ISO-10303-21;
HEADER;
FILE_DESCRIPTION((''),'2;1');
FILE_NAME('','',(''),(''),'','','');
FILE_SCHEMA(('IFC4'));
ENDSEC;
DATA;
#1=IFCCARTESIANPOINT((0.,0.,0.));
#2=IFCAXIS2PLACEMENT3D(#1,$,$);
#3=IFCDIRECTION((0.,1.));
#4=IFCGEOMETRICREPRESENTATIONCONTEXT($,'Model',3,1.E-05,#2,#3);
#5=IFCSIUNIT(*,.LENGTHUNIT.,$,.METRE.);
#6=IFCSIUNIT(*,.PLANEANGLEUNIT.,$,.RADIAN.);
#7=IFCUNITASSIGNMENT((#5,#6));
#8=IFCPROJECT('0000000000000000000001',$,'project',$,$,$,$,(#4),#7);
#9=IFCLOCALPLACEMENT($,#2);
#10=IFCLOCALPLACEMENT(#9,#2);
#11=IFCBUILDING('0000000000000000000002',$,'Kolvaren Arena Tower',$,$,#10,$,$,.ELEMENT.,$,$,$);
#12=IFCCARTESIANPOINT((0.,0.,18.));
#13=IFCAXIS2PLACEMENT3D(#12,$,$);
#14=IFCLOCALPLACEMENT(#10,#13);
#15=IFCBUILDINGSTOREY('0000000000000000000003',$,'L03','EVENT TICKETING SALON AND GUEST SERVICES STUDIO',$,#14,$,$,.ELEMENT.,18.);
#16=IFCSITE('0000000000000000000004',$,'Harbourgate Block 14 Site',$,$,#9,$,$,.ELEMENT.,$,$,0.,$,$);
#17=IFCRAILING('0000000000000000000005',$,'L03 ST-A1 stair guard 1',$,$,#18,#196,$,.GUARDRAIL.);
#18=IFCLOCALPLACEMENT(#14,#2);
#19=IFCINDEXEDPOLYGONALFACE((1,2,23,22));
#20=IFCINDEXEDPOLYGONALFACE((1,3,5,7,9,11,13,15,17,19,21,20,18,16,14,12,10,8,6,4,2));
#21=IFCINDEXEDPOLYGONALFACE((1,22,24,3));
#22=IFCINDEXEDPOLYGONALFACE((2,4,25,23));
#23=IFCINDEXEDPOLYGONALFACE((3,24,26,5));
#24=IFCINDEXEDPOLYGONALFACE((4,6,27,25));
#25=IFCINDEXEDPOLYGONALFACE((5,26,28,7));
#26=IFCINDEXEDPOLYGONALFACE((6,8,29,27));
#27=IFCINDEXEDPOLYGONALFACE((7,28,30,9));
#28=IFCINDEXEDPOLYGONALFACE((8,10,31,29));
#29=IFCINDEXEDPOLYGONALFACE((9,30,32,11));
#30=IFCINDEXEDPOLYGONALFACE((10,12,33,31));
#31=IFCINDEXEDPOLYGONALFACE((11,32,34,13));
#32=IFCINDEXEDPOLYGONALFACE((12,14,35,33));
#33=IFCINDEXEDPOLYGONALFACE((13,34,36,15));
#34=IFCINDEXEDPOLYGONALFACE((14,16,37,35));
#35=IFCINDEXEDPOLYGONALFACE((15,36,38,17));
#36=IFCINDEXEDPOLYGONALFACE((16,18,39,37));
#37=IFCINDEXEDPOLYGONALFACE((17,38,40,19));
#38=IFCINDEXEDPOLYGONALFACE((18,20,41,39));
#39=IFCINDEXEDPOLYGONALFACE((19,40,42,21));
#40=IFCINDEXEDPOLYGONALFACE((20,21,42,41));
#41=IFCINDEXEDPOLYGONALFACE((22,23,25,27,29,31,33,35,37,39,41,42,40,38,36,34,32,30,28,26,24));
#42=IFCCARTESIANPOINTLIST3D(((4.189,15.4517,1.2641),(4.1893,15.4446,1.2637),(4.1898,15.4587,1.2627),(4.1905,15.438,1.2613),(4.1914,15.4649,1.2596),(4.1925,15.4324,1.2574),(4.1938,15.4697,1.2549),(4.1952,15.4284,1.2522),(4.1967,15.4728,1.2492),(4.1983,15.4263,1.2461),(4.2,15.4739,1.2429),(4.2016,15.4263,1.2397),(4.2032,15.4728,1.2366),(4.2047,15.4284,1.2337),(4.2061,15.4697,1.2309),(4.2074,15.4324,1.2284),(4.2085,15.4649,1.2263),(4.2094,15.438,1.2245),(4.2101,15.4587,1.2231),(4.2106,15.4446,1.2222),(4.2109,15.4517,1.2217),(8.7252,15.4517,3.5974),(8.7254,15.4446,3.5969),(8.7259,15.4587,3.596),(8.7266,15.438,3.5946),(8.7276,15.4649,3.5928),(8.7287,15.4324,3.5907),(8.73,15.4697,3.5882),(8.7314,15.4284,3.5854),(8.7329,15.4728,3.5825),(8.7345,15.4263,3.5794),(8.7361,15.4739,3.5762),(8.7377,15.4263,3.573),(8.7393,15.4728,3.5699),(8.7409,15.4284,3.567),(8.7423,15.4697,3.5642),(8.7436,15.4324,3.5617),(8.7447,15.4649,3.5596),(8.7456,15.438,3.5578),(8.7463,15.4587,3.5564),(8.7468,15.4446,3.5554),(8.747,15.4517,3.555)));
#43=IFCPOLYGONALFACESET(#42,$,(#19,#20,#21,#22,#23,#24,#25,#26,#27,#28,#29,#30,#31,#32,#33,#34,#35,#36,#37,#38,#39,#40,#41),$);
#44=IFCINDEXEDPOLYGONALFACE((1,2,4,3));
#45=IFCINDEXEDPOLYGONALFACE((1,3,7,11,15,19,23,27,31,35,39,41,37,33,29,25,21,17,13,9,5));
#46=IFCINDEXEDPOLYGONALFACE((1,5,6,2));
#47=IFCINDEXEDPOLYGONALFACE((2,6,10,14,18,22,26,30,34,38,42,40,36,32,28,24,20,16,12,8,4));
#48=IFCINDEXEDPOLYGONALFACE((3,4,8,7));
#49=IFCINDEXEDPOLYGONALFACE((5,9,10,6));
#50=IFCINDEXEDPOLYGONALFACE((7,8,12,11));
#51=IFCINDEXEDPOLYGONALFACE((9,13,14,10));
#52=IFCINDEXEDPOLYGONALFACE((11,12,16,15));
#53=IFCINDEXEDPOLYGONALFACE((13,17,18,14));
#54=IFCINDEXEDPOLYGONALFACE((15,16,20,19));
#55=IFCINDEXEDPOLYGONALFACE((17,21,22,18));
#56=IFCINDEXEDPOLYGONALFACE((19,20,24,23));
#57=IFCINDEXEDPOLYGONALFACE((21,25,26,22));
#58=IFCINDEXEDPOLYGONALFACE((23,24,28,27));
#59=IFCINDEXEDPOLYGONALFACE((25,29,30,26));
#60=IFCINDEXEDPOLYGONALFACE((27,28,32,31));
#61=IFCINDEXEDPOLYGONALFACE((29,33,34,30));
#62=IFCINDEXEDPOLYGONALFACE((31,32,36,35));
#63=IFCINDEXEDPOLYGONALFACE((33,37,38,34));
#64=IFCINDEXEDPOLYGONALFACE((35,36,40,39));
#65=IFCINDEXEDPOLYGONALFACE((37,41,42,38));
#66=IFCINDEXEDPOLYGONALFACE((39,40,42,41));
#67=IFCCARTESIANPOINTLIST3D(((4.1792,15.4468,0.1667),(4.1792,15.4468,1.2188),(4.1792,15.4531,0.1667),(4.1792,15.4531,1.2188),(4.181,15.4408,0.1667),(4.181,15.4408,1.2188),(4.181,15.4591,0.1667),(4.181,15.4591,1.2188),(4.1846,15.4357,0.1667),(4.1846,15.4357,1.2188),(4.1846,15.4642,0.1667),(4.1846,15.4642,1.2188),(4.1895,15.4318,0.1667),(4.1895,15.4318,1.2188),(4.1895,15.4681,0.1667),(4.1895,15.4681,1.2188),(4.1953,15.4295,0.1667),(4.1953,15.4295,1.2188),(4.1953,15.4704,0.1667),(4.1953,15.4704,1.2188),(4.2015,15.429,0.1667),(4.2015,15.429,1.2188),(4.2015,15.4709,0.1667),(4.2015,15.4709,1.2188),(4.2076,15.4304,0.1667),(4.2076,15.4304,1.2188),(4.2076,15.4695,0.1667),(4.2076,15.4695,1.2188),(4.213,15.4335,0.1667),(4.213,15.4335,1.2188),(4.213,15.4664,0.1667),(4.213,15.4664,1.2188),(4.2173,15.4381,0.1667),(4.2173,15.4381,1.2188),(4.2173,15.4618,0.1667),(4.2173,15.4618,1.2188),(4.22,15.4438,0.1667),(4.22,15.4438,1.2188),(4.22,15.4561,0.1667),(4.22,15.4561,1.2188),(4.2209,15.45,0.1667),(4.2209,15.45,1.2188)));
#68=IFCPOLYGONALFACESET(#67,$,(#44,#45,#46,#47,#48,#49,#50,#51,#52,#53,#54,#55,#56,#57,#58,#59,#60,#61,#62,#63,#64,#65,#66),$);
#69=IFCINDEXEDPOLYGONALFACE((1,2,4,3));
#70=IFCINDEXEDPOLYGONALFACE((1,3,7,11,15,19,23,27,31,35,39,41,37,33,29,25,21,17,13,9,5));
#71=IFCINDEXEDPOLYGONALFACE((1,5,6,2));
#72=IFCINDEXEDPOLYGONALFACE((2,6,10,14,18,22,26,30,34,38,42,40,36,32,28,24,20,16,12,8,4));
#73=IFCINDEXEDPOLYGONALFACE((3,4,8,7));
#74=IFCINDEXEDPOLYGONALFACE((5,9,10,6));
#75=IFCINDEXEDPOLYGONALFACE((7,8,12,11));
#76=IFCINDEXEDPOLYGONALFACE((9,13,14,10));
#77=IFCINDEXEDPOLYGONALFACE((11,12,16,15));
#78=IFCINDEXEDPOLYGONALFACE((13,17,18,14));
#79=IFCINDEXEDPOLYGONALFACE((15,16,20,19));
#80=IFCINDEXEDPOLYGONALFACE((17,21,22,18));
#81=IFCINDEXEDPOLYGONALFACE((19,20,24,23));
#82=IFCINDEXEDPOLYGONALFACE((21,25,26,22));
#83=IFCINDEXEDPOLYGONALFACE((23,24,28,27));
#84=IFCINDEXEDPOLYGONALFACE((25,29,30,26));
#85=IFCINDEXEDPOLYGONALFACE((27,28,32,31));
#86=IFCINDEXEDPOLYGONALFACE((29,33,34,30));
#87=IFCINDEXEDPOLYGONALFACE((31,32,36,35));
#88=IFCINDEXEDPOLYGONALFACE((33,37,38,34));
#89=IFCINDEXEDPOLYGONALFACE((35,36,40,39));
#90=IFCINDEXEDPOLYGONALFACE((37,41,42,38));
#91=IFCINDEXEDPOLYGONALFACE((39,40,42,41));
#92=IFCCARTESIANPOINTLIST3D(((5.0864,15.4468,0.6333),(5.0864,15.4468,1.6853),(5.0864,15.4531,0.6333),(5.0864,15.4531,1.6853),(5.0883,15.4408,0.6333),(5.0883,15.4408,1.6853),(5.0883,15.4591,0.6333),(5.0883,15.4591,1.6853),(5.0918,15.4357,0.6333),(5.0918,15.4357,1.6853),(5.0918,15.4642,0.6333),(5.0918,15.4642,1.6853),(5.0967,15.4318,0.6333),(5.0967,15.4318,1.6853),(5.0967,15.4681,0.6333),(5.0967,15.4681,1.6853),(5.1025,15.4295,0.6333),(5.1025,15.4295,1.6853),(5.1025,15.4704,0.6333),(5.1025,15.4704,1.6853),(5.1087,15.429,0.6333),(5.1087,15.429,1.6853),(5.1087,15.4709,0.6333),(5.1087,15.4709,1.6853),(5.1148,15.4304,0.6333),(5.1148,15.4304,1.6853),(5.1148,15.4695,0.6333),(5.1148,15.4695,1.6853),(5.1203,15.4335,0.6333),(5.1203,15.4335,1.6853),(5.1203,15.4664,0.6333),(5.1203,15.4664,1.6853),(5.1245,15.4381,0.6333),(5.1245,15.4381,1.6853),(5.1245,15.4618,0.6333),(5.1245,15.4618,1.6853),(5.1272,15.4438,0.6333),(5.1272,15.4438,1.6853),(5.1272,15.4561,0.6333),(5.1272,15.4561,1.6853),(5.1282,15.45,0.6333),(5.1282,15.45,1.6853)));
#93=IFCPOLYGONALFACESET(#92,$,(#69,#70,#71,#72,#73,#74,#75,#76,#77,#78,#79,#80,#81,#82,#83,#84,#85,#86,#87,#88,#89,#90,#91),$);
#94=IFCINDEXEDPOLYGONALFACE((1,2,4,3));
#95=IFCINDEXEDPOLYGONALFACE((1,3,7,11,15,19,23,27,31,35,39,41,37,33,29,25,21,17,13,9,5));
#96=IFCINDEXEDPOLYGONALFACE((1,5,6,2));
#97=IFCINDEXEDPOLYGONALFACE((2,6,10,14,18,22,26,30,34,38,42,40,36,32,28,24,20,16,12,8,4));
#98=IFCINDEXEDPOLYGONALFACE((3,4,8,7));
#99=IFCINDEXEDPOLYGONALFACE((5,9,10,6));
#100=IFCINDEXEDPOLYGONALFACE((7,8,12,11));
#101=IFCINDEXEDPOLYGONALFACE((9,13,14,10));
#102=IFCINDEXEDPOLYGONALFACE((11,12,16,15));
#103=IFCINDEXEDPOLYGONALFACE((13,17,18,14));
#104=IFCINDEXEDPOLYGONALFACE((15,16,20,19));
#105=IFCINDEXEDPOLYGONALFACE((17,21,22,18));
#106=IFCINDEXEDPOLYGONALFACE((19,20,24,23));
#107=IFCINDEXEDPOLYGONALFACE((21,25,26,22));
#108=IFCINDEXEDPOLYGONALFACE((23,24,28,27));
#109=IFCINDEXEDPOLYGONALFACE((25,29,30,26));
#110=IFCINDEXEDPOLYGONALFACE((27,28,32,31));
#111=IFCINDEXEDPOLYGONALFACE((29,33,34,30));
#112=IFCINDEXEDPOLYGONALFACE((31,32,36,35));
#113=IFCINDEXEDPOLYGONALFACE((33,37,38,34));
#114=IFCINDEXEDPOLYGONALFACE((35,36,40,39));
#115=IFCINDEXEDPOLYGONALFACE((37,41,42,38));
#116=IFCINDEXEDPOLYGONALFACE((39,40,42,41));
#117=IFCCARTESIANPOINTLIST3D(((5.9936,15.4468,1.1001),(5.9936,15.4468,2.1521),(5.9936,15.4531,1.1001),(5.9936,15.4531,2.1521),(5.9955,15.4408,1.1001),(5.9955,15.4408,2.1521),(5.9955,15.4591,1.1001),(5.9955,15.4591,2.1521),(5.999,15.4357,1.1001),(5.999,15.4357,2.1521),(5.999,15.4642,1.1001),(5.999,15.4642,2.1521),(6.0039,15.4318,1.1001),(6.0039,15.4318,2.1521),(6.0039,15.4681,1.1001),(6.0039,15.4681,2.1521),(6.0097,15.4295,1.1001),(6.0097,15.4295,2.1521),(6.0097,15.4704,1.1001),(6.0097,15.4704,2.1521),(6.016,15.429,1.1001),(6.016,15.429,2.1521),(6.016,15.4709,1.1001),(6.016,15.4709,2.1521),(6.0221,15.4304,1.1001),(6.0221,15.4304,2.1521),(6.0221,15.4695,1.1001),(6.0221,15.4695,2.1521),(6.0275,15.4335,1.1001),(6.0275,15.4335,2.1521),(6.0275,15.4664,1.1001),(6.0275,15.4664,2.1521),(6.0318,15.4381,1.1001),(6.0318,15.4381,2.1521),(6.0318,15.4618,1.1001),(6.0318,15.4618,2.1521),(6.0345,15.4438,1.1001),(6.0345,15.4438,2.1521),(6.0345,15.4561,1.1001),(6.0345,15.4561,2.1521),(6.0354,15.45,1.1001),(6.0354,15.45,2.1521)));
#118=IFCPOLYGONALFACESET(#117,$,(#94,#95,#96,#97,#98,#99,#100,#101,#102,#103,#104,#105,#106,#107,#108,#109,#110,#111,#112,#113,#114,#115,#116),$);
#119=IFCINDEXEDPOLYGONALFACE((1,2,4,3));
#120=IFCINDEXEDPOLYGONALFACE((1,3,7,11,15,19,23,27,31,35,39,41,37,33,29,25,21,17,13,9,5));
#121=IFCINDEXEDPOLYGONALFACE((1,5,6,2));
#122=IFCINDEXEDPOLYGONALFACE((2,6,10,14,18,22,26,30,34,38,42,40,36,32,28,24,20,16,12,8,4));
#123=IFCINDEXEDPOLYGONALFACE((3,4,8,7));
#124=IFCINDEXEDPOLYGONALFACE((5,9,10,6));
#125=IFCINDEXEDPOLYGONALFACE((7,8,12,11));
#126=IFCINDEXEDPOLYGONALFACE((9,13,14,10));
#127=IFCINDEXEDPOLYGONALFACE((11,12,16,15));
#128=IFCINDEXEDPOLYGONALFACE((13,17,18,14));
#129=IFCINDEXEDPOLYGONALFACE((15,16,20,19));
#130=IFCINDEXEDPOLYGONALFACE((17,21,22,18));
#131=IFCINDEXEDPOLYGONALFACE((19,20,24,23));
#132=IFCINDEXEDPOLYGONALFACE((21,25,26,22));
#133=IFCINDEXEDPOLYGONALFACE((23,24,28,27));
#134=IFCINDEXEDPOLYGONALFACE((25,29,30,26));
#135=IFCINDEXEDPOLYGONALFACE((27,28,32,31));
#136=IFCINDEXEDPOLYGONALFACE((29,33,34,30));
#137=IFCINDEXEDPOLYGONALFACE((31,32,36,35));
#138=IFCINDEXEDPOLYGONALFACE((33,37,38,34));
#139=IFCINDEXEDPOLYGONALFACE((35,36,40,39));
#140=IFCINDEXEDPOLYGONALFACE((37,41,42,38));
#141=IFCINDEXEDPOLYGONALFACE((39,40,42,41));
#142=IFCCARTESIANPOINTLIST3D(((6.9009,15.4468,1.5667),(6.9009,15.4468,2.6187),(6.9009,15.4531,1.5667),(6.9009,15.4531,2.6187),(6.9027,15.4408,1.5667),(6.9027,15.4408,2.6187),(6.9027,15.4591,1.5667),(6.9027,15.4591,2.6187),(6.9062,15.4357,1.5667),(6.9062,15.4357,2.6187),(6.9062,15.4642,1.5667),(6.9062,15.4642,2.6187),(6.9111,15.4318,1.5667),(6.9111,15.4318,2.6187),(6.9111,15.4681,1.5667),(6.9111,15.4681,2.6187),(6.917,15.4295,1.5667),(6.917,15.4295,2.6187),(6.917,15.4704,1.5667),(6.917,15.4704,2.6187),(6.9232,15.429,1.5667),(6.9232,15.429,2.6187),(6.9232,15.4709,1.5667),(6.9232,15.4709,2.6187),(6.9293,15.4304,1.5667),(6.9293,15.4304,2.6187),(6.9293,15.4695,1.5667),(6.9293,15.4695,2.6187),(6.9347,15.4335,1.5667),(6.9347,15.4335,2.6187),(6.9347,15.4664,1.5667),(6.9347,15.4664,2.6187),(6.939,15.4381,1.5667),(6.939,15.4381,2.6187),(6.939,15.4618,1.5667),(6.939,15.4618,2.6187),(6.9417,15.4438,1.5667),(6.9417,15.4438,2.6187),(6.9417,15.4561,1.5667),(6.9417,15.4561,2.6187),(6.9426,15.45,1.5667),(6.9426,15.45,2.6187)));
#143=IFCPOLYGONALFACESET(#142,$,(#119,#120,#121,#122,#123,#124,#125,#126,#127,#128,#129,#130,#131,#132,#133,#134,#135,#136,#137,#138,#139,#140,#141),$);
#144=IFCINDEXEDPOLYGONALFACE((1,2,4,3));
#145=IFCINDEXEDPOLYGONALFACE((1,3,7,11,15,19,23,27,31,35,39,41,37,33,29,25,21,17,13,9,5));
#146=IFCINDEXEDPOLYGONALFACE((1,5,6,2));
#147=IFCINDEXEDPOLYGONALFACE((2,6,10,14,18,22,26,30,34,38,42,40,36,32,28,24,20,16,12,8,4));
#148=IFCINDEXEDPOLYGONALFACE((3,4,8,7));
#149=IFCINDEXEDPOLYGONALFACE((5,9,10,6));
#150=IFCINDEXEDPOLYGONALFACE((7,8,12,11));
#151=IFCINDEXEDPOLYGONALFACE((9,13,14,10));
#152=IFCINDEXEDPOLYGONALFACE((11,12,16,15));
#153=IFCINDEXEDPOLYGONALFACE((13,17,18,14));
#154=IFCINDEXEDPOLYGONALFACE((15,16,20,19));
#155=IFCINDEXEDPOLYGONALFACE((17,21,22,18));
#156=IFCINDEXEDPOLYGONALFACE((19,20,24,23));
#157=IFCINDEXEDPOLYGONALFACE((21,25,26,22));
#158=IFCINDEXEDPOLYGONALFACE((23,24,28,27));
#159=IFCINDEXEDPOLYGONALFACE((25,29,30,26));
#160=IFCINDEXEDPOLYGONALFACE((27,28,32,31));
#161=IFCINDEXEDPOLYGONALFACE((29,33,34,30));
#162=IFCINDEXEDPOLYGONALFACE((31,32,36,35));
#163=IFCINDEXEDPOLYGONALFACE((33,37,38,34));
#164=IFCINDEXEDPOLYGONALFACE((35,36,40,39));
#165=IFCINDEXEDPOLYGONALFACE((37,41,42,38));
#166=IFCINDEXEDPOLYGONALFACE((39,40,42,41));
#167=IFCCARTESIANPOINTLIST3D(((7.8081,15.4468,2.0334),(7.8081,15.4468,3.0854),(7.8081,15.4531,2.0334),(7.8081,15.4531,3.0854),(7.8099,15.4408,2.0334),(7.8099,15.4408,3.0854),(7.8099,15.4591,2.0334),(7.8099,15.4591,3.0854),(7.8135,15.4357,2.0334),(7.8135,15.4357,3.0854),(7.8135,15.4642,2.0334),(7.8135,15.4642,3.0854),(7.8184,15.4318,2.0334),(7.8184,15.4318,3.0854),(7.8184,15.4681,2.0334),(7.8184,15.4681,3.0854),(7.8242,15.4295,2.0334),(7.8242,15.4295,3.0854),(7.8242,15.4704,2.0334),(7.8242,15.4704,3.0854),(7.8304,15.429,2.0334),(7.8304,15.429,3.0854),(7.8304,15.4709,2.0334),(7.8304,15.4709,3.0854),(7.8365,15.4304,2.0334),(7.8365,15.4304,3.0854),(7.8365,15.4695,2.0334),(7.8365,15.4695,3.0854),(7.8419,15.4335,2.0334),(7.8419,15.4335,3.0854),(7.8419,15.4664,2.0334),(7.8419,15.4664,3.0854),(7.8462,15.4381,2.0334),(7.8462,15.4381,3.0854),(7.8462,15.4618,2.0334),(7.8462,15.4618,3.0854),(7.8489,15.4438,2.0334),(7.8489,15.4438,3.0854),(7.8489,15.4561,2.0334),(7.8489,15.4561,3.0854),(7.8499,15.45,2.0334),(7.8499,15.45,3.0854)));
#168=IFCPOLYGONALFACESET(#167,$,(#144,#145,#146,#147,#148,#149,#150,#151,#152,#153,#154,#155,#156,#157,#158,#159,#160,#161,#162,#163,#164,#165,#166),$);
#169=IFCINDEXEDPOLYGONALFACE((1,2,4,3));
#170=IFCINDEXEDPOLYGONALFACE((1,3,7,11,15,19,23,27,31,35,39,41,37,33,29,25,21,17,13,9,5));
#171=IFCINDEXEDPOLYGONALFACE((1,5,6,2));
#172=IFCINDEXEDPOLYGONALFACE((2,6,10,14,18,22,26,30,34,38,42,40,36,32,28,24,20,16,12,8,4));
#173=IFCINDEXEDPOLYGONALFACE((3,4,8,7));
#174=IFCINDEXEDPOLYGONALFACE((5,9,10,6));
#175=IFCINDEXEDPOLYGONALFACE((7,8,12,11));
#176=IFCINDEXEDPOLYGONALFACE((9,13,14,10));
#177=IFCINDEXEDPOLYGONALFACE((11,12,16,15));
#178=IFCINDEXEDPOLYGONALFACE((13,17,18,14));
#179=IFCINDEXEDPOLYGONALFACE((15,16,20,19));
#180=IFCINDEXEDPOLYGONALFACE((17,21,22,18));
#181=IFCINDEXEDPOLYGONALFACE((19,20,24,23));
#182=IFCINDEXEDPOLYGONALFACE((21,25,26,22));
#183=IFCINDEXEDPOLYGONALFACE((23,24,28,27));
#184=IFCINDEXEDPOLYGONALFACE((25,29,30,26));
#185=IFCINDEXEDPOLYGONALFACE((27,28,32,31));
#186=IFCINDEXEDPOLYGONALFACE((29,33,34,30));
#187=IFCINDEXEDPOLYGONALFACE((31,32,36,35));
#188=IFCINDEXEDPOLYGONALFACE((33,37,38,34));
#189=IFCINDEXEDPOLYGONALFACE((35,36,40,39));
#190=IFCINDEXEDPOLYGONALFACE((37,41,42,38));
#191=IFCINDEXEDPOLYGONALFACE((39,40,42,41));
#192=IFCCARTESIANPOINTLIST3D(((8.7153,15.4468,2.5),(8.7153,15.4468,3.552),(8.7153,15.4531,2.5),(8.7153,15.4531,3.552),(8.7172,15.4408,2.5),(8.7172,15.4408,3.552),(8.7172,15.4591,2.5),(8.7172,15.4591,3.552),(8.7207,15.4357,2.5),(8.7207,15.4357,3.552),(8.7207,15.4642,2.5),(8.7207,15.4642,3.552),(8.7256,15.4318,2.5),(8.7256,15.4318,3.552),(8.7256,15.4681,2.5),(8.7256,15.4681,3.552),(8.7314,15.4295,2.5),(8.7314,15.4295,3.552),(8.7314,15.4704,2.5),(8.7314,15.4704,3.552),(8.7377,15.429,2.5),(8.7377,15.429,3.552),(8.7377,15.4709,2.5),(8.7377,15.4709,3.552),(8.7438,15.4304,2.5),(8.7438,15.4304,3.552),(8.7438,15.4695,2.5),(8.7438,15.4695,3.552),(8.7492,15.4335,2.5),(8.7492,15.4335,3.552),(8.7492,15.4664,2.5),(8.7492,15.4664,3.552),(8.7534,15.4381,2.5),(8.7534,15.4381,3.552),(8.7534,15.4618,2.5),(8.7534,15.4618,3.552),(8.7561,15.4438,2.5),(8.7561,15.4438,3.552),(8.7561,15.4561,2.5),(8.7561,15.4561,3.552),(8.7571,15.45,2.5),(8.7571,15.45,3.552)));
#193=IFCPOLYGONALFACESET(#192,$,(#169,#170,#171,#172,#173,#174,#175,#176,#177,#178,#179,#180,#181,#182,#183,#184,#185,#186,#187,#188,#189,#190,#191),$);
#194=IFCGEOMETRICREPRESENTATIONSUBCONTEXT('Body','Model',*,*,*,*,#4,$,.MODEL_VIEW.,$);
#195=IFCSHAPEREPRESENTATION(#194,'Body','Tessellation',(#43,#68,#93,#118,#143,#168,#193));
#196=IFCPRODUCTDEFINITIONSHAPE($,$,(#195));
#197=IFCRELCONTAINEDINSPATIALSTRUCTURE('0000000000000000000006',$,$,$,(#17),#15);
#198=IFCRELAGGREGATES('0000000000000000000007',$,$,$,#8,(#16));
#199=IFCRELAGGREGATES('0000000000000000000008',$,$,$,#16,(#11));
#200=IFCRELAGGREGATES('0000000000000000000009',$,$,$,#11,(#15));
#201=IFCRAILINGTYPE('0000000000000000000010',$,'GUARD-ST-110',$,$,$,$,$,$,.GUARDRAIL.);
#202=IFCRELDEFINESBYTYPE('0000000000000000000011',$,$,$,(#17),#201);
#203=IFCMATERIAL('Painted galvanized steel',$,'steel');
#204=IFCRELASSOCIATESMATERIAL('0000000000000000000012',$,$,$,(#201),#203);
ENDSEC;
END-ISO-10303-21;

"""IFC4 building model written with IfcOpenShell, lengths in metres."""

from ifc_helpers import new_model, si_unit, direction, frame, origin, origin_2d, place, context, subcontext, project, spatial, circle, extrude, material, type_object, element, save


model = new_model("IFC4")

# Units and contexts
model_context = context("Model", 3, precision=1e-05, world=origin(), true_north=direction((0.0, 1.0)))
body_context = subcontext(model_context, "Body", "Model", "MODEL_VIEW")
ifc_project = project(units=[si_unit("LENGTHUNIT", "METRE"), si_unit("PLANEANGLEUNIT", "RADIAN")], contexts=[model_context])

# Site, building, storey
site_placement = place(None, origin())
site = spatial("IfcSite", under=ifc_project, at=site_placement, Name="Harbourgate Block 14 Site", CompositionType="ELEMENT", RefElevation=0.0)
building_placement = place(site_placement, origin())
building = spatial("IfcBuilding", under=site, at=building_placement, Name="Kolvaren Arena Tower", CompositionType="ELEMENT")
storey_placement = place(building_placement, frame((0.0, 0.0, 18.0)))
storey = spatial("IfcBuildingStorey", under=building, at=storey_placement, Name="L03", Description="EVENT TICKETING SALON AND GUEST SERVICES STUDIO", CompositionType="ELEMENT", Elevation=18.0)

# Railing
ifc_material_1 = material(Name="Painted galvanized steel", Category="steel")
railing_type_1 = type_object("IfcRailingType", Name="GUARD-ST-110", PredefinedType="GUARDRAIL", material=ifc_material_1)
railing_1_placement = place(storey_placement, frame((4.2, 15.45, 0.1667)))
element("IfcRailing", 1, at=railing_1_placement, inside=storey, type_object=railing_type_1, Name="L03 ST-A1 stair guard 1", PredefinedType="GUARDRAIL", context=body_context, shape_type="SweptSolid", body=[
    extrude(circle(Radius=0.0239, at=origin_2d()), frame((0.0, 0.0, 1.0762), z_axis=(0.889257, 0.0, 0.457407), x_axis=(0.0, 1.0, 0.0)), (0.0, 0.0, 1.0), 5.1011),
    extrude(circle(Radius=0.021, at=origin_2d()), origin(), (0.0, 0.0, 1.0), 1.052),
    extrude(circle(Radius=0.021, at=origin_2d()), frame((0.9072, 0.0, 0.4666)), (0.0, 0.0, 1.0), 1.052),
    extrude(circle(Radius=0.021, at=origin_2d()), frame((1.8145, 0.0, 0.9333)), (0.0, 0.0, 1.0), 1.052),
    extrude(circle(Radius=0.021, at=origin_2d()), frame((2.7217, 0.0, 1.3999)), (0.0, 0.0, 1.0), 1.052),
    extrude(circle(Radius=0.021, at=origin_2d()), frame((3.6289, 0.0, 1.8667)), (0.0, 0.0, 1.0), 1.052),
    extrude(circle(Radius=0.021, at=origin_2d()), frame((4.5361, 0.0, 2.3333)), (0.0, 0.0, 1.0), 1.052),
])

save(model, "model.ifc")
